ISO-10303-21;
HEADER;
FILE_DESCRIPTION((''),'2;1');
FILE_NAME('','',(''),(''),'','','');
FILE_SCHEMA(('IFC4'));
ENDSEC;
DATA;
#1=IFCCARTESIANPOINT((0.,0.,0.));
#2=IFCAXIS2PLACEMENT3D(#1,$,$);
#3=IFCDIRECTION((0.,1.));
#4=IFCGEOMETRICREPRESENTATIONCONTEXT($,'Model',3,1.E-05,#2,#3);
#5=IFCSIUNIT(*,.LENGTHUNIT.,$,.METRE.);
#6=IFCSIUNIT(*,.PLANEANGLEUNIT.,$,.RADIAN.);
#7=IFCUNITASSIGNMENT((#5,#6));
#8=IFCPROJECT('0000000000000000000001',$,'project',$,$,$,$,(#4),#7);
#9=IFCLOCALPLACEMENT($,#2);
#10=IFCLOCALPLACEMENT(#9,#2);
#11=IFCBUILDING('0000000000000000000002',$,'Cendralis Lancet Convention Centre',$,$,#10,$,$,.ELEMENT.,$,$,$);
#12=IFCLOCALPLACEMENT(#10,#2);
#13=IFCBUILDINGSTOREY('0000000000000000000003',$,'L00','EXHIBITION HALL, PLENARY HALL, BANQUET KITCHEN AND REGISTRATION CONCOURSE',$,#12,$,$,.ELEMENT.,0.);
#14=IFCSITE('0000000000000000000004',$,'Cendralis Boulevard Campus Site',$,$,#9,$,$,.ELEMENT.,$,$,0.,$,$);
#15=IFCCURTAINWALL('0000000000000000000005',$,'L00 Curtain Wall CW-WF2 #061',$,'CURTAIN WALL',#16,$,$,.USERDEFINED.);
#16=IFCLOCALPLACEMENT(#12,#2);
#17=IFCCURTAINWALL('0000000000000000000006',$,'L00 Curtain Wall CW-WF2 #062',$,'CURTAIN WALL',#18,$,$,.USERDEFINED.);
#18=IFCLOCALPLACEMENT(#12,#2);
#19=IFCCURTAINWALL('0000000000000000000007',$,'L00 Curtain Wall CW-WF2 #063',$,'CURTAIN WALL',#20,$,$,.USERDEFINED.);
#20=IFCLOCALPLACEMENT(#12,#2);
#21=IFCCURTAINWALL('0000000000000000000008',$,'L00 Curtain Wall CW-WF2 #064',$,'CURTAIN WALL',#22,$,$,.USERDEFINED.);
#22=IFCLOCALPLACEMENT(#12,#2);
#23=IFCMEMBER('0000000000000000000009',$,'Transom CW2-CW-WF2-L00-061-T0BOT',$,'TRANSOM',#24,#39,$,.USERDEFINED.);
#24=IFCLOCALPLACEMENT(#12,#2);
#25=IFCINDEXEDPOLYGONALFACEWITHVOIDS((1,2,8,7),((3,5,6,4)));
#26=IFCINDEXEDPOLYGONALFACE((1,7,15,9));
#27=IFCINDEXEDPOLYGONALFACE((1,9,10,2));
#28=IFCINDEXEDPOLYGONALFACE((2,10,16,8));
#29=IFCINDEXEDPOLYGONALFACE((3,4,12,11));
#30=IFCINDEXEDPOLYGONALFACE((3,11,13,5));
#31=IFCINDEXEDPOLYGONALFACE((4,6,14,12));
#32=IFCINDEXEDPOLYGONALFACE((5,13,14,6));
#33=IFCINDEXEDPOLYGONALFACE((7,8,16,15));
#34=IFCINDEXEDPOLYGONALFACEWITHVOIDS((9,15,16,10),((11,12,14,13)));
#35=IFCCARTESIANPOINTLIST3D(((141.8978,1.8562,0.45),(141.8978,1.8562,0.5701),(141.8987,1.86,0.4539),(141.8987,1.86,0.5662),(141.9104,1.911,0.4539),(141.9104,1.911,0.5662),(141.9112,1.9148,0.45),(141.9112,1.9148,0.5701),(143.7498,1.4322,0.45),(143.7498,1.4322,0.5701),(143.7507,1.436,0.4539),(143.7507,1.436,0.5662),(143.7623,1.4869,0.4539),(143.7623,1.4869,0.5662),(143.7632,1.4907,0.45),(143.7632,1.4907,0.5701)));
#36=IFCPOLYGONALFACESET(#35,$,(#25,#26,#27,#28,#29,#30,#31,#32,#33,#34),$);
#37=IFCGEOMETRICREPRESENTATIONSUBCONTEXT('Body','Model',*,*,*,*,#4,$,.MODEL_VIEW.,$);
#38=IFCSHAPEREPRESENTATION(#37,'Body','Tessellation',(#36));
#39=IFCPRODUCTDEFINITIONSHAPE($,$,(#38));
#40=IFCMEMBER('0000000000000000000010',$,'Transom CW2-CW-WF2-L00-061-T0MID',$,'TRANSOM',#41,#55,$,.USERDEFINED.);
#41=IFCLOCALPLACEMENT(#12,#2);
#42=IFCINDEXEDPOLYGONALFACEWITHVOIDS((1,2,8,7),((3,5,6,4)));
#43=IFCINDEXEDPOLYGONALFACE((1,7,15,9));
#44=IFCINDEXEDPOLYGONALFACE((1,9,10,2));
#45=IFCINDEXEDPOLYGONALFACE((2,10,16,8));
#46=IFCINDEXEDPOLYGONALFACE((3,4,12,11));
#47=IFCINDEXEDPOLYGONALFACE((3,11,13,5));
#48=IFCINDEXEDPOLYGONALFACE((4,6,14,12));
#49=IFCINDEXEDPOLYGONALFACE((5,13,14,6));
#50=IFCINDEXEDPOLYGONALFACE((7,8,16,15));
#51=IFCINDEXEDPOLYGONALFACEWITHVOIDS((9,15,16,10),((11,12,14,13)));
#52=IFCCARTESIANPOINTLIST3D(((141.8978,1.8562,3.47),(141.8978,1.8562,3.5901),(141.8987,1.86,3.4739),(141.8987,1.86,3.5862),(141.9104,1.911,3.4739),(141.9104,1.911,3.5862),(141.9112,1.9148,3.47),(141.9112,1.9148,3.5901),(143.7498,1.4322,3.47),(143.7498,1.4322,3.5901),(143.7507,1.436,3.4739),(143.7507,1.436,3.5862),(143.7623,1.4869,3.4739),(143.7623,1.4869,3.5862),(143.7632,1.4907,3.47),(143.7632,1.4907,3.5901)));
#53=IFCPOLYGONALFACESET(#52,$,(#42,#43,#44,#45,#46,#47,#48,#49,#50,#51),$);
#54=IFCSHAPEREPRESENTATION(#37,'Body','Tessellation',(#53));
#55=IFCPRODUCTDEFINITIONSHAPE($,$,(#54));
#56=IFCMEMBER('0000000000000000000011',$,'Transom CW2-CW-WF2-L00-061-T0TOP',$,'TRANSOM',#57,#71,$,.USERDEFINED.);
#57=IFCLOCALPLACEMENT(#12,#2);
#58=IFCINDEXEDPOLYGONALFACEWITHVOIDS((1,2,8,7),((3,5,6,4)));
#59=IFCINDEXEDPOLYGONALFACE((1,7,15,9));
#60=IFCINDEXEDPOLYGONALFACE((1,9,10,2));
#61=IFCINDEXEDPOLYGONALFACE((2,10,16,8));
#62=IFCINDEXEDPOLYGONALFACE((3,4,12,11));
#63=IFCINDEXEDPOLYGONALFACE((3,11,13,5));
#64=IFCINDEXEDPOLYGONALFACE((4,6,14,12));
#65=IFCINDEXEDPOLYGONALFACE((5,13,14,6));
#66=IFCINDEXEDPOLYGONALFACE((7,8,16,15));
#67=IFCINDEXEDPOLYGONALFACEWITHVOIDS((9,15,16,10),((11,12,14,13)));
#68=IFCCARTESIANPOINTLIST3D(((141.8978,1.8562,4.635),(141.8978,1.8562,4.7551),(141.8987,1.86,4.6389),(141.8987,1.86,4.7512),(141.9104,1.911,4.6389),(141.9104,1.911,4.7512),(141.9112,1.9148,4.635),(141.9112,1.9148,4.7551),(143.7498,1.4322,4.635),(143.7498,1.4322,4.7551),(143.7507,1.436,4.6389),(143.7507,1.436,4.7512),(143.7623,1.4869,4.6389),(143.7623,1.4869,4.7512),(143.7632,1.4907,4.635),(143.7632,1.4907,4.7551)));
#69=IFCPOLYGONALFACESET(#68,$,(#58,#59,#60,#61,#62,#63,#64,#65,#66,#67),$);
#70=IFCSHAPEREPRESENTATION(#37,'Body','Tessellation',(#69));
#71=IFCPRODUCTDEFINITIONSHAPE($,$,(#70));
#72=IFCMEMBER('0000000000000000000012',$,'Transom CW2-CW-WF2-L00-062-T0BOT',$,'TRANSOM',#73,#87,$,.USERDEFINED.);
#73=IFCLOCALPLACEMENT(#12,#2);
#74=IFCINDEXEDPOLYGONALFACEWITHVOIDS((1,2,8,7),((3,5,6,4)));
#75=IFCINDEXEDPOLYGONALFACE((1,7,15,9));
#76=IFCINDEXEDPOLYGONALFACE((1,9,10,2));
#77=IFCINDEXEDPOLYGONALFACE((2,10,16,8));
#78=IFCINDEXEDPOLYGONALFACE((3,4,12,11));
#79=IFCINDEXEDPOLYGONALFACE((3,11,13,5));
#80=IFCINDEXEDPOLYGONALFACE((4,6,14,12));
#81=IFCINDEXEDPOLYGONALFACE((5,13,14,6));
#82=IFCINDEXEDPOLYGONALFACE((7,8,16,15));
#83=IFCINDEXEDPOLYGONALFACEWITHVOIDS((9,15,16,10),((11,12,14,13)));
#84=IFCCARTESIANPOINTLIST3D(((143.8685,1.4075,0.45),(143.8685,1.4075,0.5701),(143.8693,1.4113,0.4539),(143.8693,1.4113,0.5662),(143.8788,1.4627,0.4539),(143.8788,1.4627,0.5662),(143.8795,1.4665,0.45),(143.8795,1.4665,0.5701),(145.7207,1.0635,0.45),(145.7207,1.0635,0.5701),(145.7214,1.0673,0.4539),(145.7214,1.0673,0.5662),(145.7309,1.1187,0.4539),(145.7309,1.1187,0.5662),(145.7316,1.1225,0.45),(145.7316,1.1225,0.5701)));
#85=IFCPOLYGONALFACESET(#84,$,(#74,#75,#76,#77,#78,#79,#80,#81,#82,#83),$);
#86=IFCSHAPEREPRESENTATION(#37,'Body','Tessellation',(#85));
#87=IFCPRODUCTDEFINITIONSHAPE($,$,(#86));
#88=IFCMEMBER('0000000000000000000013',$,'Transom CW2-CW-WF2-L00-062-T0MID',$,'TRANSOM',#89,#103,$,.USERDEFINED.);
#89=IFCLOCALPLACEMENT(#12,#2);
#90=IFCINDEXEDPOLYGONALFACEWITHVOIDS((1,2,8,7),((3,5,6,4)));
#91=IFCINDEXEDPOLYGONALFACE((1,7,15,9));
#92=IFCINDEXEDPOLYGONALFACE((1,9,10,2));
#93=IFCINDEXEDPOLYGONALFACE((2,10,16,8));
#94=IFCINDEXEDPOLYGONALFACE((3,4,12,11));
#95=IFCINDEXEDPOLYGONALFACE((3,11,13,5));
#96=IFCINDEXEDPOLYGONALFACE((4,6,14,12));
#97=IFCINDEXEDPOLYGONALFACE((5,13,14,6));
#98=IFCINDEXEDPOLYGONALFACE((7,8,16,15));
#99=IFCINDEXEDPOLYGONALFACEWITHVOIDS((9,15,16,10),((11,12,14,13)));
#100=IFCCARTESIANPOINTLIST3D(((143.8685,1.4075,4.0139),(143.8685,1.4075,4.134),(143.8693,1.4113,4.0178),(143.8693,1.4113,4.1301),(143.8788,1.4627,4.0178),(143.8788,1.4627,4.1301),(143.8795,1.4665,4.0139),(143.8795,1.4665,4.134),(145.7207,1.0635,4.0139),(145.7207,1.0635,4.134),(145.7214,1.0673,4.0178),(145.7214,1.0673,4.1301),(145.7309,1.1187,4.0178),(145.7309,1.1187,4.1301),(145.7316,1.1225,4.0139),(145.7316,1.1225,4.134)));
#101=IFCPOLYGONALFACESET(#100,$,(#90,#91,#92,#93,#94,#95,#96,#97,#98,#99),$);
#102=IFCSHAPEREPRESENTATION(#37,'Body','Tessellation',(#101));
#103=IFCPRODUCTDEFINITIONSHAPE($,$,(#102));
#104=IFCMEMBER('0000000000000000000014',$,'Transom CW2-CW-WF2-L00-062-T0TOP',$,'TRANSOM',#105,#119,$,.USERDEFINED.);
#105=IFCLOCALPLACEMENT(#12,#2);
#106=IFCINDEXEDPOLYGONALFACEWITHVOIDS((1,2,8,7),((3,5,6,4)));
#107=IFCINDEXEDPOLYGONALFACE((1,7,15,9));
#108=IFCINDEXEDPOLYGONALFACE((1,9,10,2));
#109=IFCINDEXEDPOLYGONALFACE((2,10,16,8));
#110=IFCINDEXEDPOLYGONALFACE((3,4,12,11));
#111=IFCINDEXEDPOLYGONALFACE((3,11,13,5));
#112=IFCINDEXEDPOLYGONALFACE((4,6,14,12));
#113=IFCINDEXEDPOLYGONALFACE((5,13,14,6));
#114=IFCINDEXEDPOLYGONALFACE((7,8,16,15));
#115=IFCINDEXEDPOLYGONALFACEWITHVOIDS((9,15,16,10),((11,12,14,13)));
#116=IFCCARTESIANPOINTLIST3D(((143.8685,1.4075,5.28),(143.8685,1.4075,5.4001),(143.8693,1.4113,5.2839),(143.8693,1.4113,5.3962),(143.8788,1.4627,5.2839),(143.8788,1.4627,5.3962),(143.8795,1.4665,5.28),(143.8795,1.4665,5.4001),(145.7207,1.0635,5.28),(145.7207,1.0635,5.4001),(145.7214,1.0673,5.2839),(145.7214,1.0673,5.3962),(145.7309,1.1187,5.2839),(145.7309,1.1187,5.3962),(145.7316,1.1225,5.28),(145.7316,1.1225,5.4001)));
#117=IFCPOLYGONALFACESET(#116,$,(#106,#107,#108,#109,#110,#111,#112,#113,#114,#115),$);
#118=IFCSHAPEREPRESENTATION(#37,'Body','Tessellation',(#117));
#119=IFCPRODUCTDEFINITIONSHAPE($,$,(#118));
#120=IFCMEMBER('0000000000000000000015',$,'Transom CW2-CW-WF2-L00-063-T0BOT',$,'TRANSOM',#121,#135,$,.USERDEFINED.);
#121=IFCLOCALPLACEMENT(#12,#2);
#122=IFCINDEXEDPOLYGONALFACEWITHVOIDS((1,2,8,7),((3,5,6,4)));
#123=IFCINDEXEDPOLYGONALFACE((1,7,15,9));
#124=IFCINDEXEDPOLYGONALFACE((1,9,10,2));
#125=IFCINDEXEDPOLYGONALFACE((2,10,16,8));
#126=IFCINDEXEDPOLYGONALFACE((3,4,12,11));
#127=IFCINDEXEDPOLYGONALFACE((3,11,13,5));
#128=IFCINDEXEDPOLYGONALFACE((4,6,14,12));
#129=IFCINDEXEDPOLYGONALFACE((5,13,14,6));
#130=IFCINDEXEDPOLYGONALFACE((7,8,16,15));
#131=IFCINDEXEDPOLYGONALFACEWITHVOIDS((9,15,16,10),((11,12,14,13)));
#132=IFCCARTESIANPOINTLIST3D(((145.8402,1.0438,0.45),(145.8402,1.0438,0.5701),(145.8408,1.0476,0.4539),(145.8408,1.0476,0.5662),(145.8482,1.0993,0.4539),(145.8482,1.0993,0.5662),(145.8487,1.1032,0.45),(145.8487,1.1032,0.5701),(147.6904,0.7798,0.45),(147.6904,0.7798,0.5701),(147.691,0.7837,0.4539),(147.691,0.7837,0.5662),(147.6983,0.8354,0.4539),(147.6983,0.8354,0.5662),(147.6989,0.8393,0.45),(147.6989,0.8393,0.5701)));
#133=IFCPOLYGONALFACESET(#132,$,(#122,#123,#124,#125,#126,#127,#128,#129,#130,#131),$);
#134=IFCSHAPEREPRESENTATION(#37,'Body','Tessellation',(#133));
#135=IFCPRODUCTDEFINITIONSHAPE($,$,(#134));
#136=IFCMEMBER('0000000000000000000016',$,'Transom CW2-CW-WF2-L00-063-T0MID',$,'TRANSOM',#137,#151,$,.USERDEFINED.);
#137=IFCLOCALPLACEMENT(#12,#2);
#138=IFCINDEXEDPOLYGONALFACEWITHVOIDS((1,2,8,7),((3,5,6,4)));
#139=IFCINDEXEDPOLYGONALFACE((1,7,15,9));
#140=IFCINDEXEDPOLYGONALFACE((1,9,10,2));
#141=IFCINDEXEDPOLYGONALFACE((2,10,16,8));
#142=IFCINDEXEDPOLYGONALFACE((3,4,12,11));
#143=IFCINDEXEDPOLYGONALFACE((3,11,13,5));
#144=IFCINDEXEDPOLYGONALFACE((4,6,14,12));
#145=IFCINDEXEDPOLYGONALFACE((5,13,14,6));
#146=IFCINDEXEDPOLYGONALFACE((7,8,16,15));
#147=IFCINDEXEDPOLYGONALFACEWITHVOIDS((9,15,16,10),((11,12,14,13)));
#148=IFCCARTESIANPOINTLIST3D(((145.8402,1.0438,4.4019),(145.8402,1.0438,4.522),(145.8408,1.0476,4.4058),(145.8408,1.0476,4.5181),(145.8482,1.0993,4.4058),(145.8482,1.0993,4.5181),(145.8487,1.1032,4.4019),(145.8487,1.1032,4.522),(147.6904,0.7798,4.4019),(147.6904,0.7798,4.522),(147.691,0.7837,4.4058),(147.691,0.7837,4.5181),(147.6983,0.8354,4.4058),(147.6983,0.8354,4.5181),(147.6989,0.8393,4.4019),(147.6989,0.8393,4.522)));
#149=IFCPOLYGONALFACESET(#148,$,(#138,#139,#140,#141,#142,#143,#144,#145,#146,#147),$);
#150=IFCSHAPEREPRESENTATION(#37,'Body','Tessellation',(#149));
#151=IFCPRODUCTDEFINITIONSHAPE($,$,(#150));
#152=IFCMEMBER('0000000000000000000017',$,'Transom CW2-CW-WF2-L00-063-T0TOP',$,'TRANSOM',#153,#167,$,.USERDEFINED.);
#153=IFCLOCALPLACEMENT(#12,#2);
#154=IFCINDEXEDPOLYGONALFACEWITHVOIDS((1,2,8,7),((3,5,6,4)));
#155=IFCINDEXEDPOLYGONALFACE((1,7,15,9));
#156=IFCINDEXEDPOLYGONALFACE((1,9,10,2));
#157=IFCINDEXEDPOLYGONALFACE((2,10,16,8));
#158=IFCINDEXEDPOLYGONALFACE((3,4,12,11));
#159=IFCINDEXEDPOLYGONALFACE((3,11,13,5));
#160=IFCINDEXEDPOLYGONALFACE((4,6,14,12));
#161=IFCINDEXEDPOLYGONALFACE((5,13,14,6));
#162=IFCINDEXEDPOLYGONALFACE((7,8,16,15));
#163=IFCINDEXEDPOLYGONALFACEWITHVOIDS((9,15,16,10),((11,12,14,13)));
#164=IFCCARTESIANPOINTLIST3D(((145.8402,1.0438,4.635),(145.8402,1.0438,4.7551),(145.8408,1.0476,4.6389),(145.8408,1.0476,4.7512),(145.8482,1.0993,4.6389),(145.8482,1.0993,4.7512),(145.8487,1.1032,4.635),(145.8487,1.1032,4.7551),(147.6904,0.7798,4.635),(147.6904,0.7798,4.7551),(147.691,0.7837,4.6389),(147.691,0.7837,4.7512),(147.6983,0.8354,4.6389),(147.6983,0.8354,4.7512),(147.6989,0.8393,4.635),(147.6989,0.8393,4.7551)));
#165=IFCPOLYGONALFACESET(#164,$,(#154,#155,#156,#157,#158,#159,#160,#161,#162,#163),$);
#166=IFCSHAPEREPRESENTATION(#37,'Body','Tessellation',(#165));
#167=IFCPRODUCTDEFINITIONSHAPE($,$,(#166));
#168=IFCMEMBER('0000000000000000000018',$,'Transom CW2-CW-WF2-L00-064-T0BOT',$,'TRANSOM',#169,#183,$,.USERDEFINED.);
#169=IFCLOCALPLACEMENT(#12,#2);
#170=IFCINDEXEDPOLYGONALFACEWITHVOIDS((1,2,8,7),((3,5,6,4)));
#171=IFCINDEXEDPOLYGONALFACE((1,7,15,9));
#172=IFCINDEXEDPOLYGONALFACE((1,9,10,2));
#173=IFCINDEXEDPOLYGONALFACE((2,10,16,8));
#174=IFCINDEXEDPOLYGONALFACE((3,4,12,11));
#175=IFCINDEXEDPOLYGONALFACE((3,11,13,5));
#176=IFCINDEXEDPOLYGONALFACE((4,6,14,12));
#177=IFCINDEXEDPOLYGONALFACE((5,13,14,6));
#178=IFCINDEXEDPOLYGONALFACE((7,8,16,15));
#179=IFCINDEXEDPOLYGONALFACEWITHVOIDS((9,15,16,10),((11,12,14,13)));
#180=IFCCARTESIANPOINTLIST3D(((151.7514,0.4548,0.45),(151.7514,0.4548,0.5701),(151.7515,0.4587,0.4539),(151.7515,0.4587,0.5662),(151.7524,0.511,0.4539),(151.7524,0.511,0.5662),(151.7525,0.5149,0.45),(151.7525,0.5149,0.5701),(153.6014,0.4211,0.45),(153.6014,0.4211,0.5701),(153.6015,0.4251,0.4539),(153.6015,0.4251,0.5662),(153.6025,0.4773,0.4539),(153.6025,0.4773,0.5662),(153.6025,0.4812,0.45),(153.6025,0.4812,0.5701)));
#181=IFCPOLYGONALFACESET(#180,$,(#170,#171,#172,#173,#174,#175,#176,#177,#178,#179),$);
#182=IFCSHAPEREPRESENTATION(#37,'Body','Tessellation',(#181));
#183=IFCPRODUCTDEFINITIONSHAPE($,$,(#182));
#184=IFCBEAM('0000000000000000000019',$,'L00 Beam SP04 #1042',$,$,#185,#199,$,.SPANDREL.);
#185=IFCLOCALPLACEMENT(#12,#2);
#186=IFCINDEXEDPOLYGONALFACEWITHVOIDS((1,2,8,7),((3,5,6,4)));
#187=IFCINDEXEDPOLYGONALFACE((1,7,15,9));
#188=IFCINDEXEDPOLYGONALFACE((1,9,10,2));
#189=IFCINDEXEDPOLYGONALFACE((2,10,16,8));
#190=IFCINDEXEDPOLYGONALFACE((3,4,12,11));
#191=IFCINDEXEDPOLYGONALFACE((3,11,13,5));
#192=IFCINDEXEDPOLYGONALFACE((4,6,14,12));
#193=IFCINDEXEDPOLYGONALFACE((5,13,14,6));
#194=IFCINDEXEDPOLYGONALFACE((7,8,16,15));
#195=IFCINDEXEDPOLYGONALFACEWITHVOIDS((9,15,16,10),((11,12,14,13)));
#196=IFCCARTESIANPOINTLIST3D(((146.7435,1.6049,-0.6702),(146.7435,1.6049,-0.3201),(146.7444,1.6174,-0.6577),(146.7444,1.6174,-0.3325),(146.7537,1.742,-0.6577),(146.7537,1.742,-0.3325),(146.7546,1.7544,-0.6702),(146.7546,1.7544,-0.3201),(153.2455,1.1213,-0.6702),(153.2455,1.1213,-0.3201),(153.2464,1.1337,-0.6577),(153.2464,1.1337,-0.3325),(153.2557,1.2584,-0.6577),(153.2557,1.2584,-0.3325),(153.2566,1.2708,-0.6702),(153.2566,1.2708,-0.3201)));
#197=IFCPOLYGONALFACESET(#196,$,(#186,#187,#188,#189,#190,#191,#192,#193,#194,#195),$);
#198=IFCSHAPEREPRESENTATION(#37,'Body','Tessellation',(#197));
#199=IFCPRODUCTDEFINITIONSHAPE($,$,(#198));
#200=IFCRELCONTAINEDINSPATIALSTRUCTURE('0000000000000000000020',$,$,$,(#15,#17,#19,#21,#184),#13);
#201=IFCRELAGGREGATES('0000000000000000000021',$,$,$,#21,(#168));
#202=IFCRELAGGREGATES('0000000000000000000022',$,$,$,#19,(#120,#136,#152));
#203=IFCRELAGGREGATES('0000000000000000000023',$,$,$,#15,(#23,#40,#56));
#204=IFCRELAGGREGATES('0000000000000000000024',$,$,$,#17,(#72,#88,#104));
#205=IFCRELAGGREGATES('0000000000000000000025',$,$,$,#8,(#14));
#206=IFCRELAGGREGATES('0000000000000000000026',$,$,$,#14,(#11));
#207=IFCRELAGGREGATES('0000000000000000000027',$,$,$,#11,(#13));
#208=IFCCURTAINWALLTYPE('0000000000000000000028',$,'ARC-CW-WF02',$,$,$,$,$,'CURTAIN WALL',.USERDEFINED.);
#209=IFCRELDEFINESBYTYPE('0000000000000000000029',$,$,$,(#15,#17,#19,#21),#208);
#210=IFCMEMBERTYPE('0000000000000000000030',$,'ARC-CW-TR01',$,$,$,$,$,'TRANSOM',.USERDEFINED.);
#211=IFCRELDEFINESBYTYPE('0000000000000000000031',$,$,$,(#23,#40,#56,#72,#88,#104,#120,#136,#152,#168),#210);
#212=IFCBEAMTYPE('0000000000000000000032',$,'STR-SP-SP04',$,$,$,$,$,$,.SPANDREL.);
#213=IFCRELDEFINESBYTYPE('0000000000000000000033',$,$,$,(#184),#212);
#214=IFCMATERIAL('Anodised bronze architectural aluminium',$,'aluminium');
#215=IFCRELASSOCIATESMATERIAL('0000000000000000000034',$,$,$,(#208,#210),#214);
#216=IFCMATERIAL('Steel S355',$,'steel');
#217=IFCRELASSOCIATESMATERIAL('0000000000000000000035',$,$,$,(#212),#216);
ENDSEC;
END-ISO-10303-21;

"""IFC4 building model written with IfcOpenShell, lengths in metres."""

from ifc_helpers import new_model, si_unit, direction, frame, origin, origin_2d, place, context, subcontext, project, spatial, hollow_rectangle, extrude, material, material_profile, profile_set, type_object, element, aggregate, save


model = new_model("IFC4")

# Units and contexts
model_context = context("Model", 3, precision=1e-05, world=origin(), true_north=direction((0.0, 1.0)))
body_context = subcontext(model_context, "Body", "Model", "MODEL_VIEW")
ifc_project = project(units=[si_unit("LENGTHUNIT", "METRE"), si_unit("PLANEANGLEUNIT", "RADIAN")], contexts=[model_context])

# Site, building, storey
site_placement = place(None, origin())
site = spatial("IfcSite", under=ifc_project, at=site_placement, Name="Cendralis Boulevard Campus Site", CompositionType="ELEMENT", RefElevation=0.0)
building_placement = place(site_placement, origin())
building = spatial("IfcBuilding", under=site, at=building_placement, Name="Cendralis Lancet Convention Centre", CompositionType="ELEMENT")
storey_placement = place(building_placement, origin())
storey = spatial("IfcBuildingStorey", under=building, at=storey_placement, Name="L00", Description="EXHIBITION HALL, PLENARY HALL, BANQUET KITCHEN AND REGISTRATION CONCOURSE", CompositionType="ELEMENT", Elevation=0.0)

# Shared definitions
ifc_material_1 = material(Name="Anodised bronze architectural aluminium", Category="aluminium")
curtain_wall_type = type_object("IfcCurtainWallType", Name="ARC-CW-WF02", ElementType="CURTAIN WALL", PredefinedType="USERDEFINED", material=ifc_material_1)

# Curtain walls
curtain_wall_1_placement = place(storey_placement, origin())
curtain_wall_1 = element("IfcCurtainWall", 1, at=curtain_wall_1_placement, inside=storey, type_object=curtain_wall_type, Name="L00 Curtain Wall CW-WF2 #061", ObjectType="CURTAIN WALL", PredefinedType="USERDEFINED")
curtain_wall_2_placement = place(storey_placement, origin())
curtain_wall_2 = element("IfcCurtainWall", 2, at=curtain_wall_2_placement, inside=storey, type_object=curtain_wall_type, Name="L00 Curtain Wall CW-WF2 #062", ObjectType="CURTAIN WALL", PredefinedType="USERDEFINED")
curtain_wall_3_placement = place(storey_placement, origin())
curtain_wall_3 = element("IfcCurtainWall", 3, at=curtain_wall_3_placement, inside=storey, type_object=curtain_wall_type, Name="L00 Curtain Wall CW-WF2 #063", ObjectType="CURTAIN WALL", PredefinedType="USERDEFINED")

# Curtain wall
curtain_wall_4_placement = place(storey_placement, origin())
curtain_wall_4 = element("IfcCurtainWall", 4, at=curtain_wall_4_placement, inside=storey, type_object=curtain_wall_type, Name="L00 Curtain Wall CW-WF2 #064", ObjectType="CURTAIN WALL", PredefinedType="USERDEFINED")

# Members
ifc_material_profile_1 = material_profile(ifc_material_1, hollow_rectangle(XDim=0.0601, YDim=0.1201, WallThickness=0.0039, at=origin_2d()), Name="AL-TRAN 60x120x4.0")
ifc_profile_set_1 = profile_set([ifc_material_profile_1], Name="Anodised bronze architectural aluminium")
member_type_1 = type_object("IfcMemberType", Name="ARC-CW-TR01", ElementType="TRANSOM", PredefinedType="USERDEFINED", material=ifc_profile_set_1)
member_1_placement = place(storey_placement, frame((141.9045, 1.8855, 0.51), z_axis=(0.974773, -0.223198, 0.0), x_axis=(0.223198, 0.974773, 0.0)))
member_1 = element("IfcMember", 5, at=member_1_placement, type_object=member_type_1, Name="Transom CW2-CW-WF2-L00-061-T0BOT", ObjectType="TRANSOM", PredefinedType="USERDEFINED", context=body_context, shape_type="SweptSolid", body=[
    extrude(hollow_rectangle(XDim=0.0601, YDim=0.1201, WallThickness=0.0039, at=origin_2d()), origin(), (0.0, 0.0, 1.0), 1.8999),
])
member_2_placement = place(storey_placement, frame((141.9045, 1.8855, 3.53), z_axis=(0.974773, -0.223198, 0.0), x_axis=(0.223198, 0.974773, 0.0)))
member_2 = element("IfcMember", 6, at=member_2_placement, type_object=member_type_1, Name="Transom CW2-CW-WF2-L00-061-T0MID", ObjectType="TRANSOM", PredefinedType="USERDEFINED", context=body_context, shape_type="SweptSolid", body=[
    extrude(hollow_rectangle(XDim=0.0601, YDim=0.1201, WallThickness=0.0039, at=origin_2d()), origin(), (0.0, 0.0, 1.0), 1.8999),
])
member_3_placement = place(storey_placement, frame((141.9045, 1.8855, 4.6951), z_axis=(0.974773, -0.223198, 0.0), x_axis=(0.223198, 0.974773, 0.0)))
member_3 = element("IfcMember", 7, at=member_3_placement, type_object=member_type_1, Name="Transom CW2-CW-WF2-L00-061-T0TOP", ObjectType="TRANSOM", PredefinedType="USERDEFINED", context=body_context, shape_type="SweptSolid", body=[
    extrude(hollow_rectangle(XDim=0.0601, YDim=0.1201, WallThickness=0.0039, at=origin_2d()), origin(), (0.0, 0.0, 1.0), 1.8999),
])
member_4_placement = place(storey_placement, frame((143.874, 1.437, 0.51), z_axis=(0.983185, -0.182614, 0.0), x_axis=(0.182614, 0.983185, 0.0)))
member_4 = element("IfcMember", 8, at=member_4_placement, type_object=member_type_1, Name="Transom CW2-CW-WF2-L00-062-T0BOT", ObjectType="TRANSOM", PredefinedType="USERDEFINED", context=body_context, shape_type="SweptSolid", body=[
    extrude(hollow_rectangle(XDim=0.0601, YDim=0.1201, WallThickness=0.0039, at=origin_2d()), origin(), (0.0, 0.0, 1.0), 1.8838),
])
member_5_placement = place(storey_placement, frame((143.874, 1.437, 4.074), z_axis=(0.983185, -0.182614, 0.0), x_axis=(0.182614, 0.983185, 0.0)))
member_5 = element("IfcMember", 9, at=member_5_placement, type_object=member_type_1, Name="Transom CW2-CW-WF2-L00-062-T0MID", ObjectType="TRANSOM", PredefinedType="USERDEFINED", context=body_context, shape_type="SweptSolid", body=[
    extrude(hollow_rectangle(XDim=0.0601, YDim=0.1201, WallThickness=0.0039, at=origin_2d()), origin(), (0.0, 0.0, 1.0), 1.8838),
])
member_6_placement = place(storey_placement, frame((143.874, 1.437, 5.3401), z_axis=(0.983185, -0.182614, 0.0), x_axis=(0.182614, 0.983185, 0.0)))
member_6 = element("IfcMember", 10, at=member_6_placement, type_object=member_type_1, Name="Transom CW2-CW-WF2-L00-062-T0TOP", ObjectType="TRANSOM", PredefinedType="USERDEFINED", context=body_context, shape_type="SweptSolid", body=[
    extrude(hollow_rectangle(XDim=0.0601, YDim=0.1201, WallThickness=0.0039, at=origin_2d()), origin(), (0.0, 0.0, 1.0), 1.8838),
])
member_7_placement = place(storey_placement, frame((145.8445, 1.0735, 0.51), z_axis=(0.989978, -0.14122, 0.0), x_axis=(0.14122, 0.989978, 0.0)))
member_7 = element("IfcMember", 11, at=member_7_placement, type_object=member_type_1, Name="Transom CW2-CW-WF2-L00-063-T0BOT", ObjectType="TRANSOM", PredefinedType="USERDEFINED", context=body_context, shape_type="SweptSolid", body=[
    extrude(hollow_rectangle(XDim=0.0601, YDim=0.1201, WallThickness=0.0039, at=origin_2d()), origin(), (0.0, 0.0, 1.0), 1.8689),
])
member_8_placement = place(storey_placement, frame((145.8445, 1.0735, 4.4619), z_axis=(0.989978, -0.14122, 0.0), x_axis=(0.14122, 0.989978, 0.0)))
member_8 = element("IfcMember", 12, at=member_8_placement, type_object=member_type_1, Name="Transom CW2-CW-WF2-L00-063-T0MID", ObjectType="TRANSOM", PredefinedType="USERDEFINED", context=body_context, shape_type="SweptSolid", body=[
    extrude(hollow_rectangle(XDim=0.0601, YDim=0.1201, WallThickness=0.0039, at=origin_2d()), origin(), (0.0, 0.0, 1.0), 1.8689),
])
member_9_placement = place(storey_placement, frame((145.8445, 1.0735, 4.6951), z_axis=(0.989978, -0.14122, 0.0), x_axis=(0.14122, 0.989978, 0.0)))
member_9 = element("IfcMember", 13, at=member_9_placement, type_object=member_type_1, Name="Transom CW2-CW-WF2-L00-063-T0TOP", ObjectType="TRANSOM", PredefinedType="USERDEFINED", context=body_context, shape_type="SweptSolid", body=[
    extrude(hollow_rectangle(XDim=0.0601, YDim=0.1201, WallThickness=0.0039, at=origin_2d()), origin(), (0.0, 0.0, 1.0), 1.8689),
])
member_10_placement = place(storey_placement, frame((151.752, 0.4849, 0.51), z_axis=(0.999834, -0.018208, 0.0), x_axis=(0.018208, 0.999834, 0.0)))
member_10 = element("IfcMember", 14, at=member_10_placement, type_object=member_type_1, Name="Transom CW2-CW-WF2-L00-064-T0BOT", ObjectType="TRANSOM", PredefinedType="USERDEFINED", context=body_context, shape_type="SweptSolid", body=[
    extrude(hollow_rectangle(XDim=0.0601, YDim=0.1201, WallThickness=0.0039, at=origin_2d()), origin(), (0.0, 0.0, 1.0), 1.8503),
])
aggregate(curtain_wall_4, [member_10])

# Beam
ifc_material_2 = material(Name="Steel S355", Category="steel")
ifc_material_profile_2 = material_profile(ifc_material_2, hollow_rectangle(XDim=0.1499, YDim=0.3501, WallThickness=0.0125, at=origin_2d()), Name="RHS 350x150x12.5")
ifc_profile_set_2 = profile_set([ifc_material_profile_2], Name="Steel S355")
beam_type = type_object("IfcBeamType", Name="STR-SP-SP04", PredefinedType="SPANDREL", material=ifc_profile_set_2)
beam_placement = place(storey_placement, frame((146.749, 1.6797, -0.4951), z_axis=(0.997245, -0.074179, 0.0), x_axis=(0.074179, 0.997245, 0.0)))
element("IfcBeam", 15, at=beam_placement, inside=storey, type_object=beam_type, Name="L00 Beam SP04 #1042", PredefinedType="SPANDREL", context=body_context, shape_type="SweptSolid", body=[
    extrude(hollow_rectangle(XDim=0.1499, YDim=0.3501, WallThickness=0.0125, at=origin_2d()), origin(), (0.0, 0.0, 1.0), 6.52),
])

aggregate(curtain_wall_3, [member_7, member_8, member_9])
aggregate(curtain_wall_1, [member_1, member_2, member_3])
aggregate(curtain_wall_2, [member_4, member_5, member_6])

save(model, "model.ifc")
